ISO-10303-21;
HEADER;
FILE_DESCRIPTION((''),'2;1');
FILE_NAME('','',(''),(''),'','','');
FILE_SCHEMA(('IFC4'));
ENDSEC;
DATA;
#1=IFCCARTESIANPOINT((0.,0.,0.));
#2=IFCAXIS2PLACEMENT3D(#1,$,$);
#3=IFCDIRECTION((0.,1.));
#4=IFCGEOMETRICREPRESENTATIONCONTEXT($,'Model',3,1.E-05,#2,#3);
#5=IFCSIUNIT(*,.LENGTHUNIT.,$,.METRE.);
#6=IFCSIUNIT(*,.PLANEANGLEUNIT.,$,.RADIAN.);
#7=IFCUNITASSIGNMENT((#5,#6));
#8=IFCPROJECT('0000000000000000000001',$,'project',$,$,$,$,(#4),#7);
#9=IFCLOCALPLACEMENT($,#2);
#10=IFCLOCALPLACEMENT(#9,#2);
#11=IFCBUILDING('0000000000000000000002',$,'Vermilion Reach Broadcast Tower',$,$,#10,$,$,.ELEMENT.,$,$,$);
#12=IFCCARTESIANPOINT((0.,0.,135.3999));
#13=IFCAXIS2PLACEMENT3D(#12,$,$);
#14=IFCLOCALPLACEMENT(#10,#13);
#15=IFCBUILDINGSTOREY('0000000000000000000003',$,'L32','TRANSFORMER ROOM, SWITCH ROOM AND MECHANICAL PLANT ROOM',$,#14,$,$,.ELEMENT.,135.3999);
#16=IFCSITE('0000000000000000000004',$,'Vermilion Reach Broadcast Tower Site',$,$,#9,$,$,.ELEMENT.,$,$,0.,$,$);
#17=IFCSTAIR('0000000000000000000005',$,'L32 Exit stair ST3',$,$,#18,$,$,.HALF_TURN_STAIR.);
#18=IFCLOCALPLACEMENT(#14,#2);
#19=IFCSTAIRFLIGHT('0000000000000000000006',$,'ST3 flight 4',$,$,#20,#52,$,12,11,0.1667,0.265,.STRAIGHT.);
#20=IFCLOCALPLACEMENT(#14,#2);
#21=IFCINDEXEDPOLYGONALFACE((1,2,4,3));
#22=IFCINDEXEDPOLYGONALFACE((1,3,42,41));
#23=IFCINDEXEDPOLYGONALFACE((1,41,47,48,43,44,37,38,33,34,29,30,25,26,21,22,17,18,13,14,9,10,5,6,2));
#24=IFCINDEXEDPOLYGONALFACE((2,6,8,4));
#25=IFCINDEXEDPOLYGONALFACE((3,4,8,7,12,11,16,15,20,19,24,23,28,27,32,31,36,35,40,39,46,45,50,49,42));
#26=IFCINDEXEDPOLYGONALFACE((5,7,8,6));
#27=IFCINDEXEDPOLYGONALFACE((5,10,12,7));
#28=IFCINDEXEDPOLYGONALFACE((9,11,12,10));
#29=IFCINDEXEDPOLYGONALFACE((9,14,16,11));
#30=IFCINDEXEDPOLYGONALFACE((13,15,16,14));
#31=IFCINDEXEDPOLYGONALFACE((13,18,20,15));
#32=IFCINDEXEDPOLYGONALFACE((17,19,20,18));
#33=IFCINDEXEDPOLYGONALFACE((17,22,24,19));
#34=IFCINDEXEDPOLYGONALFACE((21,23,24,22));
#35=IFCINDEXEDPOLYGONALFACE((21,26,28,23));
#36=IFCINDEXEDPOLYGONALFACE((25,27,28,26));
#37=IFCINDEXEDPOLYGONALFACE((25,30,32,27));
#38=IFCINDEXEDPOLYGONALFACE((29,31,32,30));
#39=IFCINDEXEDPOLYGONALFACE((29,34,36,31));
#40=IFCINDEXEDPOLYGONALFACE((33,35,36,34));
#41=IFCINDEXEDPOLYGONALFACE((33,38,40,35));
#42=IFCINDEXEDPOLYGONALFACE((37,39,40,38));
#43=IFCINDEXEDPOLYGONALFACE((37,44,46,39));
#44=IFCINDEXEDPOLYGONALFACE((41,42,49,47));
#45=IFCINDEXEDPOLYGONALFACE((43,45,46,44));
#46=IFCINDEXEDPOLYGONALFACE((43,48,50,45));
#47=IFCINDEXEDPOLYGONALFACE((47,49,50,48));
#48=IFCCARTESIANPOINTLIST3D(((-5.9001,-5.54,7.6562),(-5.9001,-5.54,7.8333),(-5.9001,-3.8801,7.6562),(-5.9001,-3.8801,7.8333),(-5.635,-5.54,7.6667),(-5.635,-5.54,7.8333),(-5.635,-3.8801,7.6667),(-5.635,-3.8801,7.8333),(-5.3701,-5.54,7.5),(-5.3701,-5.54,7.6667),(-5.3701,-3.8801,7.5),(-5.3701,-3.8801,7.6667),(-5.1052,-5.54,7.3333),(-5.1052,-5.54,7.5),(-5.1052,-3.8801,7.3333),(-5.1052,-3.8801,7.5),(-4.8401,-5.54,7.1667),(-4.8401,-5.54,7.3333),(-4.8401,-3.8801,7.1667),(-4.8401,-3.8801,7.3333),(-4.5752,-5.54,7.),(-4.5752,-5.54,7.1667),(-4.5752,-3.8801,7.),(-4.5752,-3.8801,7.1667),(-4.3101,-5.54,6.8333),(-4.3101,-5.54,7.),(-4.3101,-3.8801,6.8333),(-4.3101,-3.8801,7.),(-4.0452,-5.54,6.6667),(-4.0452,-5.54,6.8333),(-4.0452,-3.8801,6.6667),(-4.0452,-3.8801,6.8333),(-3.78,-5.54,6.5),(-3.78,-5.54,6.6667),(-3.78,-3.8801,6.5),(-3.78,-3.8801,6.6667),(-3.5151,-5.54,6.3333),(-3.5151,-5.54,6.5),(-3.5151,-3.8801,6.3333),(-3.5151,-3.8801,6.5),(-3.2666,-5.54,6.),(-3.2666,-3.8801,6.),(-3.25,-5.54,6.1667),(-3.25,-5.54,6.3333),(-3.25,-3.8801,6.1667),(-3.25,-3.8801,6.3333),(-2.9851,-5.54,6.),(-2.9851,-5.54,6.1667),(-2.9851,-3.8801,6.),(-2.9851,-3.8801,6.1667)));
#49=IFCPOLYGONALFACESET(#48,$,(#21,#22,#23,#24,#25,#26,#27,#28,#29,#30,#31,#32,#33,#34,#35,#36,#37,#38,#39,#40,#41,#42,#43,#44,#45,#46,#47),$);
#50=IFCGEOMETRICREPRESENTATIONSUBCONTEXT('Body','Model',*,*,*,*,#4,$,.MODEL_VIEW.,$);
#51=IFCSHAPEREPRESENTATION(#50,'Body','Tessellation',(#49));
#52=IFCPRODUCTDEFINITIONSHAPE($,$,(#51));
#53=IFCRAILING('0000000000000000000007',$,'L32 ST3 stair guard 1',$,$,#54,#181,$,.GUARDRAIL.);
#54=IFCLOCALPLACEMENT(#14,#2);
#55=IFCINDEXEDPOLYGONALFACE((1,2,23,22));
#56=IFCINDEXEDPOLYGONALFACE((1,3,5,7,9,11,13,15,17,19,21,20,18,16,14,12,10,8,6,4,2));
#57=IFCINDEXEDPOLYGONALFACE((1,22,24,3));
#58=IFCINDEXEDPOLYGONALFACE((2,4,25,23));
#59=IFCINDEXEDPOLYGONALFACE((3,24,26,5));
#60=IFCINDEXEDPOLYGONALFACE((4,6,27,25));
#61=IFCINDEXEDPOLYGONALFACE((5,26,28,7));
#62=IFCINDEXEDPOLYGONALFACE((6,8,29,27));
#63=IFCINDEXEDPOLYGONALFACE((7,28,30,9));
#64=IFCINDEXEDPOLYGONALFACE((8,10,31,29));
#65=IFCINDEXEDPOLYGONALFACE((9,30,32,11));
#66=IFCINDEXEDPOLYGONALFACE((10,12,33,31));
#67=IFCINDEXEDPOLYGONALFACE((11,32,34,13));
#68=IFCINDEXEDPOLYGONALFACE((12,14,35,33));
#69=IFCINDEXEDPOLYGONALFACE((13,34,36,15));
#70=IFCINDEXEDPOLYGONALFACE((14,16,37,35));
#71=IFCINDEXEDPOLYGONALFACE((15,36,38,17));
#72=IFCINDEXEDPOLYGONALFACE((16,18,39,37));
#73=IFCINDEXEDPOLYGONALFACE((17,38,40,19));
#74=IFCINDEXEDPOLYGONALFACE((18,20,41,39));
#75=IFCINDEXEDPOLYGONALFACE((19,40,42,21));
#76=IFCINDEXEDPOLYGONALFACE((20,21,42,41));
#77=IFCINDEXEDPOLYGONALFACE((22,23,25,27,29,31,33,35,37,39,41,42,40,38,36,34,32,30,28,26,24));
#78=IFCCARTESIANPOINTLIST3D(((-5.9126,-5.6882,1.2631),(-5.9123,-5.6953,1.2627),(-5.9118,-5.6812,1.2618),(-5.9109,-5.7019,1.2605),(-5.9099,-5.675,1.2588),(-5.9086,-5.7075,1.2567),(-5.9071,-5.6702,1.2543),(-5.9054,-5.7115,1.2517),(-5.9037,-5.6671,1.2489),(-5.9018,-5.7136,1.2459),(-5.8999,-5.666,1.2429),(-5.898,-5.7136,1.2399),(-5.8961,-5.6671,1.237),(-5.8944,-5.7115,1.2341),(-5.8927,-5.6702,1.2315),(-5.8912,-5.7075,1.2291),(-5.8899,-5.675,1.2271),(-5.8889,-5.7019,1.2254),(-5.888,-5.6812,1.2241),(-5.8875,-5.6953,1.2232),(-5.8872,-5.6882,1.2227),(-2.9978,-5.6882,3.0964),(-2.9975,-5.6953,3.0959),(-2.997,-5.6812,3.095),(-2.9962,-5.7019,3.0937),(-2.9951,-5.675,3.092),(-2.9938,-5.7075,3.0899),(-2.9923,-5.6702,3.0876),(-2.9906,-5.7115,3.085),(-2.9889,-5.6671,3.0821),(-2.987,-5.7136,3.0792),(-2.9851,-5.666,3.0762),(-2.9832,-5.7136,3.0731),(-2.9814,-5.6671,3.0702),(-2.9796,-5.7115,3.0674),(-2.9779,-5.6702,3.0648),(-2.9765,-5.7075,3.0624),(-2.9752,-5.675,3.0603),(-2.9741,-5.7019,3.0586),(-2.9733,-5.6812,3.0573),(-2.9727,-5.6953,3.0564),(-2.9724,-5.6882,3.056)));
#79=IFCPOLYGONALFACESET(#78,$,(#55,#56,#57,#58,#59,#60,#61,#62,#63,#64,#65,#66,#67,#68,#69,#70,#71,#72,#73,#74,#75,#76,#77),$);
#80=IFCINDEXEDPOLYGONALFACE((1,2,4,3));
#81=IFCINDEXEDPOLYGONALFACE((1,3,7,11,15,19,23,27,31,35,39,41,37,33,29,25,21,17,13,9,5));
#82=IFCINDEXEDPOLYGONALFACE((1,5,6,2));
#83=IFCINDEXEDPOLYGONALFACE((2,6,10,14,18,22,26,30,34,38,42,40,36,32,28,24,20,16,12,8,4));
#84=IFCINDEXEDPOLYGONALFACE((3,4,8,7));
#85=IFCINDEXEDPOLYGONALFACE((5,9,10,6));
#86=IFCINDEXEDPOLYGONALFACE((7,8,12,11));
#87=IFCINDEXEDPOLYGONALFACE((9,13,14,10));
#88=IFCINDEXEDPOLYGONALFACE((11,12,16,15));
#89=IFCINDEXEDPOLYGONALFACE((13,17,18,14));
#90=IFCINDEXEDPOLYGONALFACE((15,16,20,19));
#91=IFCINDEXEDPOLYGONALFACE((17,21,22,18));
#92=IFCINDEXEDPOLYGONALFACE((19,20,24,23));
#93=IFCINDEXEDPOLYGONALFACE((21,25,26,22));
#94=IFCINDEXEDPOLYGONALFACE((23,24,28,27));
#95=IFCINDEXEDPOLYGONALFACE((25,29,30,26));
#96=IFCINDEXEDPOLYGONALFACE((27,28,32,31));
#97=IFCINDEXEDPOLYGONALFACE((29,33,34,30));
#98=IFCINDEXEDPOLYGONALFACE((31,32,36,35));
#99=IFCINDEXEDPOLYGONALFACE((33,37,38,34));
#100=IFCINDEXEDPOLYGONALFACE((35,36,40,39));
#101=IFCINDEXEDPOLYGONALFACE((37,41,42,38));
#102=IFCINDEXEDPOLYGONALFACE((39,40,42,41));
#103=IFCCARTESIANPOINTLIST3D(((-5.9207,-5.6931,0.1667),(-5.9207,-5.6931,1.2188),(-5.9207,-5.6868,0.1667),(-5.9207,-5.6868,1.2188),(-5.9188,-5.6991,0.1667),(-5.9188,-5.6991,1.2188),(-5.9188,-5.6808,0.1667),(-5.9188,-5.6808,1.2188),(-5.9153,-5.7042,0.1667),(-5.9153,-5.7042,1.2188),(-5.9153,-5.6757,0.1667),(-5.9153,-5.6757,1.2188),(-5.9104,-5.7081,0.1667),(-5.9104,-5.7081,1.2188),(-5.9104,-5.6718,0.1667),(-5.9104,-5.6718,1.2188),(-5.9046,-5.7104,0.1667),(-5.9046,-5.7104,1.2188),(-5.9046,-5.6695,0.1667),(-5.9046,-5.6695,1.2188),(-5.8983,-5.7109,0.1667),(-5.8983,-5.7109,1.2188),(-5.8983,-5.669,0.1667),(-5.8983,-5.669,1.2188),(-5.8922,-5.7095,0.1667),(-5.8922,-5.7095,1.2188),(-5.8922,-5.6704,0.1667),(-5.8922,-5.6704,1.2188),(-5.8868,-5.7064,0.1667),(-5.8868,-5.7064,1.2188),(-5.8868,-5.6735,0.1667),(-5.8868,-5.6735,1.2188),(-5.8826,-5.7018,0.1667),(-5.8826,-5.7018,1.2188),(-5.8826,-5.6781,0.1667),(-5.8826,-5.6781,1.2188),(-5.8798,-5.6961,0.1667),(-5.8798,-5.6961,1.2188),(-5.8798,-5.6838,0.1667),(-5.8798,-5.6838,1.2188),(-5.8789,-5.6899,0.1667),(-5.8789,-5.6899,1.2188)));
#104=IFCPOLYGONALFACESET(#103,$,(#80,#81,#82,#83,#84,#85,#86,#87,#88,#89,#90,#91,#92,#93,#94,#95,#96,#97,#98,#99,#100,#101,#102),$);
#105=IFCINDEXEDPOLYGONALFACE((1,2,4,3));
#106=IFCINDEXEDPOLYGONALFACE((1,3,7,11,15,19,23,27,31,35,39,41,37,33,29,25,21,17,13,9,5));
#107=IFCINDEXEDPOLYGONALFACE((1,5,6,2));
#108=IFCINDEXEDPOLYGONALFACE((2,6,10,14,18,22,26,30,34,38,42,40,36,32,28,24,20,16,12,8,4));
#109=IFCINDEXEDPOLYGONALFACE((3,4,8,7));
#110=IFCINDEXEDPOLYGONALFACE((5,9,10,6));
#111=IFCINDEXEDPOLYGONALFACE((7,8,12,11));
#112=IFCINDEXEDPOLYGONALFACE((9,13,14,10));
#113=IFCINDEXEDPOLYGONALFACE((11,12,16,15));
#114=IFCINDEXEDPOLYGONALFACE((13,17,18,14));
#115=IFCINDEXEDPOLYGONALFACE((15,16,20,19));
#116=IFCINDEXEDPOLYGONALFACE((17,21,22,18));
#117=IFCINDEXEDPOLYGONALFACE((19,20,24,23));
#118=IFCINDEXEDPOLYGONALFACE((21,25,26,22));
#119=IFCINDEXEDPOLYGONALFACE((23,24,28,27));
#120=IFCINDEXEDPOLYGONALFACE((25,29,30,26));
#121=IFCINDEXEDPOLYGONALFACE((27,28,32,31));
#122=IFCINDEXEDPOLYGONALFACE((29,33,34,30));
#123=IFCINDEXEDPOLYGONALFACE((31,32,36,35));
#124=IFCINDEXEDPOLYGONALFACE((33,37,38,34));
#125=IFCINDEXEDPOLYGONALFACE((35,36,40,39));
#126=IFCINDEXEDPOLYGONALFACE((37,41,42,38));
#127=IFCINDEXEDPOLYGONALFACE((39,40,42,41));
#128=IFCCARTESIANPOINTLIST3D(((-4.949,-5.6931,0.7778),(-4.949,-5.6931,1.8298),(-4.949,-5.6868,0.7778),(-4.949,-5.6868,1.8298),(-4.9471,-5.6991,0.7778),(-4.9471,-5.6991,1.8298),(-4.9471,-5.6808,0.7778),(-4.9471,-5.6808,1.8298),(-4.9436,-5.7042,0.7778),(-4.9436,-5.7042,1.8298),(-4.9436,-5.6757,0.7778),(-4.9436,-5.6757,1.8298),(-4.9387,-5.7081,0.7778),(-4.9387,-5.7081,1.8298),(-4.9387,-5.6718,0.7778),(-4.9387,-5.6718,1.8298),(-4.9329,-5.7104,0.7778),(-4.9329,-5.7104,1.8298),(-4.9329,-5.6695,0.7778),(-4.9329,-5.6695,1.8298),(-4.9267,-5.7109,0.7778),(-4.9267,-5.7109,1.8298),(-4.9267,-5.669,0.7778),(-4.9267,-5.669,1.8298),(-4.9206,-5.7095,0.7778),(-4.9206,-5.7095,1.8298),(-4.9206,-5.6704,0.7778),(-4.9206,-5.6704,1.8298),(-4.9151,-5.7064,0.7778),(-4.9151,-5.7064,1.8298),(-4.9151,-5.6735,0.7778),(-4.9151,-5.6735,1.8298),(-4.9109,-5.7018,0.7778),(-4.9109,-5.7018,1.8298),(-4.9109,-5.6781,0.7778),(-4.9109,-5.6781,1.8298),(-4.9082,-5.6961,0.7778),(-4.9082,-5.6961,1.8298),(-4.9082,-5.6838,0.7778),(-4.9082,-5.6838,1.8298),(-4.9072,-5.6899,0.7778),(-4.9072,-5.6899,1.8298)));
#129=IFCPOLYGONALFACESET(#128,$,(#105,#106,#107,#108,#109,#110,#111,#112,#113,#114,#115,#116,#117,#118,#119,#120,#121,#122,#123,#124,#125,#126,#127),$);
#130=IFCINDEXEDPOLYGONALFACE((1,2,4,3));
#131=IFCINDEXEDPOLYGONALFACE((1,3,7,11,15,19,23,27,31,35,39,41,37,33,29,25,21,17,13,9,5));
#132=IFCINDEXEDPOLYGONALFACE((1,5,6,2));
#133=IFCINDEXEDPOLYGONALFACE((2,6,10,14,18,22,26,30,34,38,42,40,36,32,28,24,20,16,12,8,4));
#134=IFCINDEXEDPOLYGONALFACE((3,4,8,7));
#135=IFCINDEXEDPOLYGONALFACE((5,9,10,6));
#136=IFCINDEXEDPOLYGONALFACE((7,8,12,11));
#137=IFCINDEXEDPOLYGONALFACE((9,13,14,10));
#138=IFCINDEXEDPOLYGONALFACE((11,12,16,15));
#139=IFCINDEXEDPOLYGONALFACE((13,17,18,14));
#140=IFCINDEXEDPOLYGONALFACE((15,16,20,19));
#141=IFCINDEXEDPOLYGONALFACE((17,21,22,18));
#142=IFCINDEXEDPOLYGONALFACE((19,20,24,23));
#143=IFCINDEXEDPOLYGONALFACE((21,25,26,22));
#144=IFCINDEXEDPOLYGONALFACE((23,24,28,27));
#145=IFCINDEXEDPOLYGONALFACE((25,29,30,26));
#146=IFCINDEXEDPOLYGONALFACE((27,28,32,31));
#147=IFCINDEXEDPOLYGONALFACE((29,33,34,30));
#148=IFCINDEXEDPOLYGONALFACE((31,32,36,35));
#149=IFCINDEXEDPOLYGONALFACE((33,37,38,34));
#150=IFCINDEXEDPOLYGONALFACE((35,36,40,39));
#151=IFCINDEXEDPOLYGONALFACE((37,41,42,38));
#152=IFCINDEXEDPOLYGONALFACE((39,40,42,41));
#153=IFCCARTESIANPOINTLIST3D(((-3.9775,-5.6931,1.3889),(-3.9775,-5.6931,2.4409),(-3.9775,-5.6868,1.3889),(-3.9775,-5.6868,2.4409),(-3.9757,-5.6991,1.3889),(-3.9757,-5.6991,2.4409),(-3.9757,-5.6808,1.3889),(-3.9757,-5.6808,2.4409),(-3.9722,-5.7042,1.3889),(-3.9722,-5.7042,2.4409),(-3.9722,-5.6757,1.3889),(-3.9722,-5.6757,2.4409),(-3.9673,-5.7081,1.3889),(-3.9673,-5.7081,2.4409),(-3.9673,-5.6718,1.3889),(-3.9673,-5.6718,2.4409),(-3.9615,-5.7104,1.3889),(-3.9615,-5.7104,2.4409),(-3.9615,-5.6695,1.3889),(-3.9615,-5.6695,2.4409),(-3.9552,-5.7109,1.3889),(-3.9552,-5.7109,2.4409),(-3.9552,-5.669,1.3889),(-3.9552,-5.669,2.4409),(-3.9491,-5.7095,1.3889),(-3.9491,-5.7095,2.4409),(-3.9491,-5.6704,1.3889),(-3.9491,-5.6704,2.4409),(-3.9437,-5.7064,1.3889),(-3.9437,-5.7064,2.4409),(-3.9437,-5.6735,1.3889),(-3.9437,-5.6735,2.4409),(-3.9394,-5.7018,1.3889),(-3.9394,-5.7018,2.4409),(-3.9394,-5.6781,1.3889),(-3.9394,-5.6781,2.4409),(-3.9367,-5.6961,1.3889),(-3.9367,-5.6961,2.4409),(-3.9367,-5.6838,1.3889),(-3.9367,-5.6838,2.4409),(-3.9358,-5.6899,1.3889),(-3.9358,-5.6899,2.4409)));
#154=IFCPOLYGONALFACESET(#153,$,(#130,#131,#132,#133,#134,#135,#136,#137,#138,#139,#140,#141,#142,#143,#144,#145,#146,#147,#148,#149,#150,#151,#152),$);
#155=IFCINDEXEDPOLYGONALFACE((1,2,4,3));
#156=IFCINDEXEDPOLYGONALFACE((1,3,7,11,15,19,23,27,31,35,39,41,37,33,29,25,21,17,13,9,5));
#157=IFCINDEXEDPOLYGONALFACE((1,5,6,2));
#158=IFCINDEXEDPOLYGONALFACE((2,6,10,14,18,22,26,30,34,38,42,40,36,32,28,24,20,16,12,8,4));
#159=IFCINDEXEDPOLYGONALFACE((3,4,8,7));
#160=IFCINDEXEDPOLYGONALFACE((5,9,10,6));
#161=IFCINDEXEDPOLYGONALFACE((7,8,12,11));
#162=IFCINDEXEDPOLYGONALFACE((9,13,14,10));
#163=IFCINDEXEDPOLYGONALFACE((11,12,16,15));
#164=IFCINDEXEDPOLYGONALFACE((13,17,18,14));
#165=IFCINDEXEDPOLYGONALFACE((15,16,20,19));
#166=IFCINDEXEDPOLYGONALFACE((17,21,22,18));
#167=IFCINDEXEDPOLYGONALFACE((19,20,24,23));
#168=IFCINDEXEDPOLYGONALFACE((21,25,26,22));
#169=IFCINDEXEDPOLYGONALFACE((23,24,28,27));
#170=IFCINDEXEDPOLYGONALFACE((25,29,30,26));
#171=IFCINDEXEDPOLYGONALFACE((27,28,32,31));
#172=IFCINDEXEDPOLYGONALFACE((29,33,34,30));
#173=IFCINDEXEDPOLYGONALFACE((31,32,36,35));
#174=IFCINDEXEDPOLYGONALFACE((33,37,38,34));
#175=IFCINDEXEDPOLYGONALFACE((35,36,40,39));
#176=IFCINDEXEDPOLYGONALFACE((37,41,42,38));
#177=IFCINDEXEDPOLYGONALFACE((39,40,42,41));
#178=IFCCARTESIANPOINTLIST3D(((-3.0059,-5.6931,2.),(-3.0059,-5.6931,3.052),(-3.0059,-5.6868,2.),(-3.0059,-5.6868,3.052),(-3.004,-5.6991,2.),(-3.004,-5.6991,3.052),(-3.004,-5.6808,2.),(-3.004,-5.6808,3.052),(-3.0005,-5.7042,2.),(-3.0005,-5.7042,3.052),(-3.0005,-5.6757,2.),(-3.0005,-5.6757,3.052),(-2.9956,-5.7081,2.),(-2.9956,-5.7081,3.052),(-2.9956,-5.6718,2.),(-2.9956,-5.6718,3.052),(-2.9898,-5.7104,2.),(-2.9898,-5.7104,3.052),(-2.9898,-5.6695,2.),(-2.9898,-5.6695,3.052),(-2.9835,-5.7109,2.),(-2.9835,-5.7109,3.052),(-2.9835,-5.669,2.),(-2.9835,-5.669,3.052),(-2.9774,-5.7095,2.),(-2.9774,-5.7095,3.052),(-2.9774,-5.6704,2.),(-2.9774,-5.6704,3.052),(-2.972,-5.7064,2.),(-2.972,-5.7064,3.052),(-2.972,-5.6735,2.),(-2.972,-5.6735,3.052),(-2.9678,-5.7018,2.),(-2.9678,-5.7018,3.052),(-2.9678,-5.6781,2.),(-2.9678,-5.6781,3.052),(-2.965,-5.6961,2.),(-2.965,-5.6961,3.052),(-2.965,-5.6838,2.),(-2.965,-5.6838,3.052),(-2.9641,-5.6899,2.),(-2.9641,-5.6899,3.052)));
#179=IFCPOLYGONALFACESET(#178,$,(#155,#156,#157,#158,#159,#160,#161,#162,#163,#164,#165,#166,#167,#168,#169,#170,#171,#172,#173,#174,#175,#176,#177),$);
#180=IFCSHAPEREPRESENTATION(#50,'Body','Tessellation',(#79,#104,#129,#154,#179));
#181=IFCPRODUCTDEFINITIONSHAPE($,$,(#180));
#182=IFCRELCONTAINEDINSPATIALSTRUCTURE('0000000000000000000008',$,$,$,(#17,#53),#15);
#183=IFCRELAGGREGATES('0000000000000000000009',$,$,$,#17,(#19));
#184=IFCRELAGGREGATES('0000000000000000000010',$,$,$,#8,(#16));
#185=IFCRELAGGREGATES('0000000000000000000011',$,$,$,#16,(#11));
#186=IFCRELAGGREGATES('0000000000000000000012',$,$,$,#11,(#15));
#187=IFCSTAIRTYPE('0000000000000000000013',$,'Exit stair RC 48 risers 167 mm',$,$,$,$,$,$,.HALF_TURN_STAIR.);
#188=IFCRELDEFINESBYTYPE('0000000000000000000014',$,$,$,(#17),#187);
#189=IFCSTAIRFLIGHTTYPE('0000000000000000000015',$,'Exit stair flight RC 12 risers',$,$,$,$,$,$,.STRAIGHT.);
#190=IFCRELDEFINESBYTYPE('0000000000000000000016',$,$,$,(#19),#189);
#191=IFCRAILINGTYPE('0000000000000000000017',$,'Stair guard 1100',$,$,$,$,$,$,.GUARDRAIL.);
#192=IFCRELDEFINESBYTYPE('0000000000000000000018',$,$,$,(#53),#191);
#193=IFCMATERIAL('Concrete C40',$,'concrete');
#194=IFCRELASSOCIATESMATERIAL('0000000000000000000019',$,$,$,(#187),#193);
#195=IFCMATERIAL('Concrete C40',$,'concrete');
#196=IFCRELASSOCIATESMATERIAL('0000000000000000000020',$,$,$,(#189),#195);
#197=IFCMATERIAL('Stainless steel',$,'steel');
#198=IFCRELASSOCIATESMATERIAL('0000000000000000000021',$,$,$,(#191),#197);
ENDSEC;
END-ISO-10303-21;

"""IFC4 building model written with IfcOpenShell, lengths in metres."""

from ifc_helpers import new_model, si_unit, direction, frame, origin, origin_2d, place, context, subcontext, project, spatial, polyline, circle, outline, extrude, material, type_object, element, aggregate, save


model = new_model("IFC4")

# Units and contexts
model_context = context("Model", 3, precision=1e-05, world=origin(), true_north=direction((0.0, 1.0)))
body_context = subcontext(model_context, "Body", "Model", "MODEL_VIEW")
ifc_project = project(units=[si_unit("LENGTHUNIT", "METRE"), si_unit("PLANEANGLEUNIT", "RADIAN")], contexts=[model_context])

# Site, building, storey
site_placement = place(None, origin())
site = spatial("IfcSite", under=ifc_project, at=site_placement, Name="Vermilion Reach Broadcast Tower Site", CompositionType="ELEMENT", RefElevation=0.0)
building_placement = place(site_placement, origin())
building = spatial("IfcBuilding", under=site, at=building_placement, Name="Vermilion Reach Broadcast Tower", CompositionType="ELEMENT")
storey_placement = place(building_placement, frame((0.0, 0.0, 135.3999)))
storey = spatial("IfcBuildingStorey", under=building, at=storey_placement, Name="L32", Description="TRANSFORMER ROOM, SWITCH ROOM AND MECHANICAL PLANT ROOM", CompositionType="ELEMENT", Elevation=135.3999)

# Stair, stair flight
ifc_material_1 = material(Name="Concrete C40", Category="concrete")
stair_type = type_object("IfcStairType", Name="Exit stair RC 48 risers 167 mm", PredefinedType="HALF_TURN_STAIR", material=ifc_material_1)
stair_placement = place(storey_placement, origin())
stair = element("IfcStair", 1, at=stair_placement, inside=storey, type_object=stair_type, Name="L32 Exit stair ST3", PredefinedType="HALF_TURN_STAIR")
ifc_material_2 = material(Name="Concrete C40", Category="concrete")
stair_flight_type = type_object("IfcStairFlightType", Name="Exit stair flight RC 12 risers", PredefinedType="STRAIGHT", material=ifc_material_2)
stair_flight_1_placement = place(storey_placement, frame((-2.9851, -4.71, 6.0), z_axis=(0.0, 0.0, 1.0), x_axis=(-1.0, 0.0, 0.0)))
stair_flight_1 = element("IfcStairFlight", 2, at=stair_flight_1_placement, type_object=stair_flight_type, Name="ST3 flight 4", NumberOfRisers=12, NumberOfTreads=11, PredefinedType="STRAIGHT", RiserHeight=0.1667, TreadLength=0.265, context=body_context, shape_type="SweptSolid", body=[
    extrude(outline(polyline([(0.0, 0.0), (0.0, 0.1667), (0.2649, 0.1667), (0.2649, 0.3333), (0.53, 0.3333), (0.53, 0.5), (0.7949, 0.5), (0.7949, 0.6667), (1.0601, 0.6667), (1.0601, 0.8333), (1.325, 0.8333), (1.325, 1.0), (1.5901, 1.0), (1.5901, 1.1667), (1.855, 1.1667), (1.855, 1.3333), (2.1201, 1.3333), (2.1201, 1.5), (2.385, 1.5), (2.385, 1.6667), (2.6499, 1.6667), (2.6499, 1.8333), (2.915, 1.8333), (2.915, 2.0), (2.915, 1.6562), (0.2815, 0.0), (0.0, 0.0)])), frame((0.0, 0.8301, 0.0), z_axis=(0.0, -1.0, 0.0), x_axis=(1.0, 0.0, 0.0)), (0.0, 0.0, 1.0), 1.6599),
])
aggregate(stair, [stair_flight_1])

# Railing
ifc_material_3 = material(Name="Stainless steel", Category="steel")
railing_type_1 = type_object("IfcRailingType", Name="Stair guard 1100", PredefinedType="GUARDRAIL", material=ifc_material_3)
railing_1_placement = place(storey_placement, frame((-5.8999, -5.6899, 0.1667)))
element("IfcRailing", 3, at=railing_1_placement, inside=storey, type_object=railing_type_1, Name="L32 ST3 stair guard 1", PredefinedType="GUARDRAIL", context=body_context, shape_type="SweptSolid", body=[
    extrude(circle(Radius=0.0239, at=origin_2d()), frame((0.0, 0.0, 1.0762), z_axis=(0.846493, 0.0, 0.532399), x_axis=(0.0, 1.0, 0.0)), (0.0, 0.0, 1.0), 3.4434),
    extrude(circle(Radius=0.021, at=origin_2d()), origin(), (0.0, 0.0, 1.0), 1.052),
    extrude(circle(Radius=0.021, at=origin_2d()), frame((0.9717, 0.0, 0.6111)), (0.0, 0.0, 1.0), 1.052),
    extrude(circle(Radius=0.021, at=origin_2d()), frame((1.9431, 0.0, 1.2222)), (0.0, 0.0, 1.0), 1.052),
    extrude(circle(Radius=0.021, at=origin_2d()), frame((2.9148, 0.0, 1.8333)), (0.0, 0.0, 1.0), 1.052),
])

save(model, "model.ifc")
